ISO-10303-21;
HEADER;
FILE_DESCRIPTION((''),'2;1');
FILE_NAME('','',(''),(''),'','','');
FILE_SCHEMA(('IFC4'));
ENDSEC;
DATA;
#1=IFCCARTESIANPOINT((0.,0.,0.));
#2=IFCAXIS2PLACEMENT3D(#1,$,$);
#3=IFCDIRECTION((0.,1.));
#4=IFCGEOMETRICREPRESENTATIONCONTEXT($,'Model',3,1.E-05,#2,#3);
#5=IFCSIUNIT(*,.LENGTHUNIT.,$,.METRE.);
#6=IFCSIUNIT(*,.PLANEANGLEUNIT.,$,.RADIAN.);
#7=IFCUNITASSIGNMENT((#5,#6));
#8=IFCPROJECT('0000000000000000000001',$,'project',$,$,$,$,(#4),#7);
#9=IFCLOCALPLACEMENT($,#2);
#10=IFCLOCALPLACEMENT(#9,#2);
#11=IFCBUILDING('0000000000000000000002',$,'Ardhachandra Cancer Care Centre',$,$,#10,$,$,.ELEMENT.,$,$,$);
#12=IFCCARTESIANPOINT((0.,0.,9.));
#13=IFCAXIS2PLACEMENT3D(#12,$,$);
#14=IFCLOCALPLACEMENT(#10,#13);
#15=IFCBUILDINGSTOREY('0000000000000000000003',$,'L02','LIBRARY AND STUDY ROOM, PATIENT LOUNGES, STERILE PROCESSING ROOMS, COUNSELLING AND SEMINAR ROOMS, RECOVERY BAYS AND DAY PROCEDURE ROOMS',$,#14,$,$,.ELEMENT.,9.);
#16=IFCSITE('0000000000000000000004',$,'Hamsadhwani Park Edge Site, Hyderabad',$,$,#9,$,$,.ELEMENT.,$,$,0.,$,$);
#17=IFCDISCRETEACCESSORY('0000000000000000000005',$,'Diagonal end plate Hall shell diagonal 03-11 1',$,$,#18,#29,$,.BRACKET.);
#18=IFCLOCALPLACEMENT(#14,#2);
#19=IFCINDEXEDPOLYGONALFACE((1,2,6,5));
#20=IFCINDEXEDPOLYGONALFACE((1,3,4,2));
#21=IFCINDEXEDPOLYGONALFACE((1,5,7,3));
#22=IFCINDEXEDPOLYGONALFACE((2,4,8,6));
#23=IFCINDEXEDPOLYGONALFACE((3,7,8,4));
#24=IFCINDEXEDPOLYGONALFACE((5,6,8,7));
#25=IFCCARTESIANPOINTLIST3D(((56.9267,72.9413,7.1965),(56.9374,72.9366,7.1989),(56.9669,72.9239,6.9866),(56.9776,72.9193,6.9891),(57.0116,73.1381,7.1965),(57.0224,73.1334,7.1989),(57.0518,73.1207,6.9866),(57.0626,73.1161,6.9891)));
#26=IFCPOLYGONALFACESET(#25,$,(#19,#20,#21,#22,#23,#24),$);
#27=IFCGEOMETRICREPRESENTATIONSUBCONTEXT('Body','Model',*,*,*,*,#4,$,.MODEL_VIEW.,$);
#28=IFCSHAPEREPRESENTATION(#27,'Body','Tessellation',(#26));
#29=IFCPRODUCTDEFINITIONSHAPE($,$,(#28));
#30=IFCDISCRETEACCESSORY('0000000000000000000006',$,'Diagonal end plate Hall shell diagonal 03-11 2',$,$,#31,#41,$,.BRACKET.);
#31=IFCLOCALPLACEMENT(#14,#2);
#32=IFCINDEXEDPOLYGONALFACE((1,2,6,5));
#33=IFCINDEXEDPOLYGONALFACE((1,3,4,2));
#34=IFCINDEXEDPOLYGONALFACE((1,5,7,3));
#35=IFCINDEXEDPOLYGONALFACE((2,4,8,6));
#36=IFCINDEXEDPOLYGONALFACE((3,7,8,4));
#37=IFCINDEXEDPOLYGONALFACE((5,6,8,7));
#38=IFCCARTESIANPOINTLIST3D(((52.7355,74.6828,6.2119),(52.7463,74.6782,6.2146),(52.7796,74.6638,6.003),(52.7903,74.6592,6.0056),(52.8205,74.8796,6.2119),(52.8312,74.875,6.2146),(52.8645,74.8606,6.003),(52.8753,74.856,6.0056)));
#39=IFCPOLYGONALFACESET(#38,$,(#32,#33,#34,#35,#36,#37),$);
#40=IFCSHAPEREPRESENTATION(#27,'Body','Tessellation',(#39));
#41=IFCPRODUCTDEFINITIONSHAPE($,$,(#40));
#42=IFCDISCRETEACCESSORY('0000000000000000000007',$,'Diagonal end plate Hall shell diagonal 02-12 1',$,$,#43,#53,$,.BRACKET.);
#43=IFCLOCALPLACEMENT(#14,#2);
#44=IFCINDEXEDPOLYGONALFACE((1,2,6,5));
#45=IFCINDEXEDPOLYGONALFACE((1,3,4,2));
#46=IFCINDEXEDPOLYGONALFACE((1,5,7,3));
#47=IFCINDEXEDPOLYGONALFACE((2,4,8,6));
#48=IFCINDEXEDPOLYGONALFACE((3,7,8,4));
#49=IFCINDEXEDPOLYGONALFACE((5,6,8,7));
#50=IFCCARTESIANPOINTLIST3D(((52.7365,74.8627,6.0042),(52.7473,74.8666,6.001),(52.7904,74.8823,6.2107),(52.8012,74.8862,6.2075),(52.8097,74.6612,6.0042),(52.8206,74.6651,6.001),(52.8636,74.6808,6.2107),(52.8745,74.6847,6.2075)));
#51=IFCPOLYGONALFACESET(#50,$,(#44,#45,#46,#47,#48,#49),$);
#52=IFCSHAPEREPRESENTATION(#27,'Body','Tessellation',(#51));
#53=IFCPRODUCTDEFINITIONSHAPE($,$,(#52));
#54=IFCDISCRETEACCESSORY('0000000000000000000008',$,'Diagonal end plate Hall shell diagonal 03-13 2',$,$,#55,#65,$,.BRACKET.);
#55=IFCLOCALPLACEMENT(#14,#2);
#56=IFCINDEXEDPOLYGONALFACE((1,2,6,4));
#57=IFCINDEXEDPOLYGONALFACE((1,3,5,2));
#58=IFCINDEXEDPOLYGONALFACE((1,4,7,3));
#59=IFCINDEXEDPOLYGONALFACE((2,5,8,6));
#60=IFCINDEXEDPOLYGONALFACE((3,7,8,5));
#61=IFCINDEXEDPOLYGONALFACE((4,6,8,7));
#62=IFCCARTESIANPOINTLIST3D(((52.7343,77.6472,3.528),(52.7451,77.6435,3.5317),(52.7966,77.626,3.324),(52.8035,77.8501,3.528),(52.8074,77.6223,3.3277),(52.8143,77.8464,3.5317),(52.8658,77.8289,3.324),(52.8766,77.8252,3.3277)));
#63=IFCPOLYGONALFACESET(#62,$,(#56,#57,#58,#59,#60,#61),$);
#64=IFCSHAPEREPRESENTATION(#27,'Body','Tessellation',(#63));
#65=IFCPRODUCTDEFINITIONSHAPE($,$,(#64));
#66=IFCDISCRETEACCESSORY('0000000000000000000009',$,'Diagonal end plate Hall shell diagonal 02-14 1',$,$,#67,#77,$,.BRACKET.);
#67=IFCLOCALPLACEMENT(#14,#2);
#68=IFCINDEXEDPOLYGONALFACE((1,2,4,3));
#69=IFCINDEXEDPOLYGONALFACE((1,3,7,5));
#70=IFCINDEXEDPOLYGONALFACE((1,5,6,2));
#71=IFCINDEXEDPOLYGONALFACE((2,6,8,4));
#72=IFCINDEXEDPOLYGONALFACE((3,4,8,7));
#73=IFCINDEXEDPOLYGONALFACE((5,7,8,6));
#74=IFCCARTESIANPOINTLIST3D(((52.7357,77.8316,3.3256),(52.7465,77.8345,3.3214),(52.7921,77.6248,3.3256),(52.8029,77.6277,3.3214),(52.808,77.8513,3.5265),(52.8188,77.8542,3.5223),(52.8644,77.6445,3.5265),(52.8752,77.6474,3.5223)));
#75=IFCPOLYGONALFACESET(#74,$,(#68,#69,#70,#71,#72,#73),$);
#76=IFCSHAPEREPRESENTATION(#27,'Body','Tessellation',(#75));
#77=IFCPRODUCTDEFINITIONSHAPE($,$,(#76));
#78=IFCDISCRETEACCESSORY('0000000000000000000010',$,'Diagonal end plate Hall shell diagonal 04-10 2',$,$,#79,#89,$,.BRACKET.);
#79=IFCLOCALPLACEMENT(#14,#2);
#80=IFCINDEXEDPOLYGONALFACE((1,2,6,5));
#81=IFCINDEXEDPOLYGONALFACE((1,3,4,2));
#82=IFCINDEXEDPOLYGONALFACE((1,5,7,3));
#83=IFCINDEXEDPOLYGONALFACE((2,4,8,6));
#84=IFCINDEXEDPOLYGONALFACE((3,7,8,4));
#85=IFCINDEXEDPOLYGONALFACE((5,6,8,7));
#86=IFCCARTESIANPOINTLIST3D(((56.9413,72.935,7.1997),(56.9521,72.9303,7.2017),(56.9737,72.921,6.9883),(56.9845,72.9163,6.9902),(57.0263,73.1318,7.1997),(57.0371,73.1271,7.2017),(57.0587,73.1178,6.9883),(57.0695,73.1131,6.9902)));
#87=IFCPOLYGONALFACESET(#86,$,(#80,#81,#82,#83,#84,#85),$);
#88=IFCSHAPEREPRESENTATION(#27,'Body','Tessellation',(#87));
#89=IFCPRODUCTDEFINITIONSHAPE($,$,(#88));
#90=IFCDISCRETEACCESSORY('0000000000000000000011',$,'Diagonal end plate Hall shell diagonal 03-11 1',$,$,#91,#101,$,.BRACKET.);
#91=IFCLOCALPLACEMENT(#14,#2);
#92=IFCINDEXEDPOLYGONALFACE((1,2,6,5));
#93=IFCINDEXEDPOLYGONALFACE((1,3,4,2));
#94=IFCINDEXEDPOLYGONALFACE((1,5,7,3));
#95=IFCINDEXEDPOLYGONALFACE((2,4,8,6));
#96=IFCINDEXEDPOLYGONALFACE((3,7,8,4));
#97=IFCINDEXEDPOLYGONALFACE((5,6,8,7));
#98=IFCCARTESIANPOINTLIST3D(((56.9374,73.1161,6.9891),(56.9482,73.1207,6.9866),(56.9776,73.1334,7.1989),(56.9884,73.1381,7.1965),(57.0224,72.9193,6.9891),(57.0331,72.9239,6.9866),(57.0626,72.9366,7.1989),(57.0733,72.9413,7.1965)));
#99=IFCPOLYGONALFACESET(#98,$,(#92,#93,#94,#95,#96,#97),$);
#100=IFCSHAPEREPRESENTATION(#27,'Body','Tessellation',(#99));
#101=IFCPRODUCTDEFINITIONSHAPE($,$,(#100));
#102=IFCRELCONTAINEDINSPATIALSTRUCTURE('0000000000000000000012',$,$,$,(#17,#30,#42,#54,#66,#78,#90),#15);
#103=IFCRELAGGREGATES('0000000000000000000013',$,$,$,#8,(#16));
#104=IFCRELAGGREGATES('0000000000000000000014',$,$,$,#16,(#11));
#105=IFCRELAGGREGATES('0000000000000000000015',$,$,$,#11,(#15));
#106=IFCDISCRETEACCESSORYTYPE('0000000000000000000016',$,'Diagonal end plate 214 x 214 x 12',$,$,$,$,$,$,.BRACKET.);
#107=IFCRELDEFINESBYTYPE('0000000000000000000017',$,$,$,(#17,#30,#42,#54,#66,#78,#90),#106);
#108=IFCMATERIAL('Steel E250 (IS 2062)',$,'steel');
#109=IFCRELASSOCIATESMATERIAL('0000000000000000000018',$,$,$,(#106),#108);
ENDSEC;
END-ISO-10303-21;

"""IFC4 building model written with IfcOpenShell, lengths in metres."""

from ifc_helpers import new_model, si_unit, direction, frame, origin, origin_2d, place, context, subcontext, project, spatial, rectangle, extrude, material, material_profile, profile_set, type_object, element, save


model = new_model("IFC4")

# Units and contexts
model_context = context("Model", 3, precision=1e-05, world=origin(), true_north=direction((0.0, 1.0)))
body_context = subcontext(model_context, "Body", "Model", "MODEL_VIEW")
ifc_project = project(units=[si_unit("LENGTHUNIT", "METRE"), si_unit("PLANEANGLEUNIT", "RADIAN")], contexts=[model_context])

# Site, building, storey
site_placement = place(None, origin())
site = spatial("IfcSite", under=ifc_project, at=site_placement, Name="Hamsadhwani Park Edge Site, Hyderabad", CompositionType="ELEMENT", RefElevation=0.0)
building_placement = place(site_placement, origin())
building = spatial("IfcBuilding", under=site, at=building_placement, Name="Ardhachandra Cancer Care Centre", CompositionType="ELEMENT")
storey_placement = place(building_placement, frame((0.0, 0.0, 9.0)))
storey = spatial("IfcBuildingStorey", under=building, at=storey_placement, Name="L02", Description="LIBRARY AND STUDY ROOM, PATIENT LOUNGES, STERILE PROCESSING ROOMS, COUNSELLING AND SEMINAR ROOMS, RECOVERY BAYS AND DAY PROCEDURE ROOMS", CompositionType="ELEMENT", Elevation=9.0)

# Discrete accessories
ifc_material_1 = material(Name="Steel E250 (IS 2062)", Category="steel")
ifc_material_profile_1 = material_profile(ifc_material_1, rectangle(XDim=0.2144, YDim=0.2144, at=origin_2d()), Name="PL 214x214x12")
ifc_profile_set_1 = profile_set([ifc_material_profile_1], Name="Steel E250 (IS 2062)")
discrete_accessory_type = type_object("IfcDiscreteAccessoryType", Name="Diagonal end plate 214 x 214 x 12", PredefinedType="BRACKET", material=ifc_profile_set_1)
for number, where, z_axis, x_axis, name in (
    (1, (57.0, 73.0264, 7.094), (-0.898708, 0.388079, -0.204252), (-0.396436, -0.918062, 0.0), "Diagonal end plate Hall shell diagonal 03-11 1"),
    (2, (52.8, 74.7717, 6.1074), (0.894797, -0.38639, 0.223699), (0.396436, 0.918062, 0.0), "Diagonal end plate Hall shell diagonal 03-11 2"),
    (3, (52.8, 74.7717, 6.1074), (0.905534, 0.329285, -0.267544), (-0.341743, 0.939793, 0.0), "Diagonal end plate Hall shell diagonal 02-12 1"),
    (4, (52.8, 77.738, 3.426), (0.900777, -0.307083, 0.307083), (0.322674, 0.94651, 0.0), "Diagonal end plate Hall shell diagonal 03-13 2"),
    (5, (52.8, 77.738, 3.426), (0.904004, 0.246546, -0.349274), (-0.263117, 0.964764, 0.0), "Diagonal end plate Hall shell diagonal 02-14 1"),
    (6, (57.0, 73.0264, 7.094), (0.905534, -0.391026, 0.164643), (0.396436, 0.918062, 0.0), "Diagonal end plate Hall shell diagonal 04-10 2"),
    (7, (57.0, 73.0264, 7.094), (0.898708, 0.388079, -0.204252), (-0.396436, 0.918062, 0.0), "Diagonal end plate Hall shell diagonal 03-11 1"),
):
    element("IfcDiscreteAccessory", number, at=place(storey_placement, frame(where, z_axis=z_axis, x_axis=x_axis)), inside=storey, type_object=discrete_accessory_type, Name=name, PredefinedType="BRACKET", context=body_context, shape_type="SweptSolid", body=[
        extrude(rectangle(XDim=0.2144, YDim=0.2144, at=origin_2d()), origin(), (0.0, 0.0, 1.0), 0.012),
    ])

save(model, "model.ifc")
